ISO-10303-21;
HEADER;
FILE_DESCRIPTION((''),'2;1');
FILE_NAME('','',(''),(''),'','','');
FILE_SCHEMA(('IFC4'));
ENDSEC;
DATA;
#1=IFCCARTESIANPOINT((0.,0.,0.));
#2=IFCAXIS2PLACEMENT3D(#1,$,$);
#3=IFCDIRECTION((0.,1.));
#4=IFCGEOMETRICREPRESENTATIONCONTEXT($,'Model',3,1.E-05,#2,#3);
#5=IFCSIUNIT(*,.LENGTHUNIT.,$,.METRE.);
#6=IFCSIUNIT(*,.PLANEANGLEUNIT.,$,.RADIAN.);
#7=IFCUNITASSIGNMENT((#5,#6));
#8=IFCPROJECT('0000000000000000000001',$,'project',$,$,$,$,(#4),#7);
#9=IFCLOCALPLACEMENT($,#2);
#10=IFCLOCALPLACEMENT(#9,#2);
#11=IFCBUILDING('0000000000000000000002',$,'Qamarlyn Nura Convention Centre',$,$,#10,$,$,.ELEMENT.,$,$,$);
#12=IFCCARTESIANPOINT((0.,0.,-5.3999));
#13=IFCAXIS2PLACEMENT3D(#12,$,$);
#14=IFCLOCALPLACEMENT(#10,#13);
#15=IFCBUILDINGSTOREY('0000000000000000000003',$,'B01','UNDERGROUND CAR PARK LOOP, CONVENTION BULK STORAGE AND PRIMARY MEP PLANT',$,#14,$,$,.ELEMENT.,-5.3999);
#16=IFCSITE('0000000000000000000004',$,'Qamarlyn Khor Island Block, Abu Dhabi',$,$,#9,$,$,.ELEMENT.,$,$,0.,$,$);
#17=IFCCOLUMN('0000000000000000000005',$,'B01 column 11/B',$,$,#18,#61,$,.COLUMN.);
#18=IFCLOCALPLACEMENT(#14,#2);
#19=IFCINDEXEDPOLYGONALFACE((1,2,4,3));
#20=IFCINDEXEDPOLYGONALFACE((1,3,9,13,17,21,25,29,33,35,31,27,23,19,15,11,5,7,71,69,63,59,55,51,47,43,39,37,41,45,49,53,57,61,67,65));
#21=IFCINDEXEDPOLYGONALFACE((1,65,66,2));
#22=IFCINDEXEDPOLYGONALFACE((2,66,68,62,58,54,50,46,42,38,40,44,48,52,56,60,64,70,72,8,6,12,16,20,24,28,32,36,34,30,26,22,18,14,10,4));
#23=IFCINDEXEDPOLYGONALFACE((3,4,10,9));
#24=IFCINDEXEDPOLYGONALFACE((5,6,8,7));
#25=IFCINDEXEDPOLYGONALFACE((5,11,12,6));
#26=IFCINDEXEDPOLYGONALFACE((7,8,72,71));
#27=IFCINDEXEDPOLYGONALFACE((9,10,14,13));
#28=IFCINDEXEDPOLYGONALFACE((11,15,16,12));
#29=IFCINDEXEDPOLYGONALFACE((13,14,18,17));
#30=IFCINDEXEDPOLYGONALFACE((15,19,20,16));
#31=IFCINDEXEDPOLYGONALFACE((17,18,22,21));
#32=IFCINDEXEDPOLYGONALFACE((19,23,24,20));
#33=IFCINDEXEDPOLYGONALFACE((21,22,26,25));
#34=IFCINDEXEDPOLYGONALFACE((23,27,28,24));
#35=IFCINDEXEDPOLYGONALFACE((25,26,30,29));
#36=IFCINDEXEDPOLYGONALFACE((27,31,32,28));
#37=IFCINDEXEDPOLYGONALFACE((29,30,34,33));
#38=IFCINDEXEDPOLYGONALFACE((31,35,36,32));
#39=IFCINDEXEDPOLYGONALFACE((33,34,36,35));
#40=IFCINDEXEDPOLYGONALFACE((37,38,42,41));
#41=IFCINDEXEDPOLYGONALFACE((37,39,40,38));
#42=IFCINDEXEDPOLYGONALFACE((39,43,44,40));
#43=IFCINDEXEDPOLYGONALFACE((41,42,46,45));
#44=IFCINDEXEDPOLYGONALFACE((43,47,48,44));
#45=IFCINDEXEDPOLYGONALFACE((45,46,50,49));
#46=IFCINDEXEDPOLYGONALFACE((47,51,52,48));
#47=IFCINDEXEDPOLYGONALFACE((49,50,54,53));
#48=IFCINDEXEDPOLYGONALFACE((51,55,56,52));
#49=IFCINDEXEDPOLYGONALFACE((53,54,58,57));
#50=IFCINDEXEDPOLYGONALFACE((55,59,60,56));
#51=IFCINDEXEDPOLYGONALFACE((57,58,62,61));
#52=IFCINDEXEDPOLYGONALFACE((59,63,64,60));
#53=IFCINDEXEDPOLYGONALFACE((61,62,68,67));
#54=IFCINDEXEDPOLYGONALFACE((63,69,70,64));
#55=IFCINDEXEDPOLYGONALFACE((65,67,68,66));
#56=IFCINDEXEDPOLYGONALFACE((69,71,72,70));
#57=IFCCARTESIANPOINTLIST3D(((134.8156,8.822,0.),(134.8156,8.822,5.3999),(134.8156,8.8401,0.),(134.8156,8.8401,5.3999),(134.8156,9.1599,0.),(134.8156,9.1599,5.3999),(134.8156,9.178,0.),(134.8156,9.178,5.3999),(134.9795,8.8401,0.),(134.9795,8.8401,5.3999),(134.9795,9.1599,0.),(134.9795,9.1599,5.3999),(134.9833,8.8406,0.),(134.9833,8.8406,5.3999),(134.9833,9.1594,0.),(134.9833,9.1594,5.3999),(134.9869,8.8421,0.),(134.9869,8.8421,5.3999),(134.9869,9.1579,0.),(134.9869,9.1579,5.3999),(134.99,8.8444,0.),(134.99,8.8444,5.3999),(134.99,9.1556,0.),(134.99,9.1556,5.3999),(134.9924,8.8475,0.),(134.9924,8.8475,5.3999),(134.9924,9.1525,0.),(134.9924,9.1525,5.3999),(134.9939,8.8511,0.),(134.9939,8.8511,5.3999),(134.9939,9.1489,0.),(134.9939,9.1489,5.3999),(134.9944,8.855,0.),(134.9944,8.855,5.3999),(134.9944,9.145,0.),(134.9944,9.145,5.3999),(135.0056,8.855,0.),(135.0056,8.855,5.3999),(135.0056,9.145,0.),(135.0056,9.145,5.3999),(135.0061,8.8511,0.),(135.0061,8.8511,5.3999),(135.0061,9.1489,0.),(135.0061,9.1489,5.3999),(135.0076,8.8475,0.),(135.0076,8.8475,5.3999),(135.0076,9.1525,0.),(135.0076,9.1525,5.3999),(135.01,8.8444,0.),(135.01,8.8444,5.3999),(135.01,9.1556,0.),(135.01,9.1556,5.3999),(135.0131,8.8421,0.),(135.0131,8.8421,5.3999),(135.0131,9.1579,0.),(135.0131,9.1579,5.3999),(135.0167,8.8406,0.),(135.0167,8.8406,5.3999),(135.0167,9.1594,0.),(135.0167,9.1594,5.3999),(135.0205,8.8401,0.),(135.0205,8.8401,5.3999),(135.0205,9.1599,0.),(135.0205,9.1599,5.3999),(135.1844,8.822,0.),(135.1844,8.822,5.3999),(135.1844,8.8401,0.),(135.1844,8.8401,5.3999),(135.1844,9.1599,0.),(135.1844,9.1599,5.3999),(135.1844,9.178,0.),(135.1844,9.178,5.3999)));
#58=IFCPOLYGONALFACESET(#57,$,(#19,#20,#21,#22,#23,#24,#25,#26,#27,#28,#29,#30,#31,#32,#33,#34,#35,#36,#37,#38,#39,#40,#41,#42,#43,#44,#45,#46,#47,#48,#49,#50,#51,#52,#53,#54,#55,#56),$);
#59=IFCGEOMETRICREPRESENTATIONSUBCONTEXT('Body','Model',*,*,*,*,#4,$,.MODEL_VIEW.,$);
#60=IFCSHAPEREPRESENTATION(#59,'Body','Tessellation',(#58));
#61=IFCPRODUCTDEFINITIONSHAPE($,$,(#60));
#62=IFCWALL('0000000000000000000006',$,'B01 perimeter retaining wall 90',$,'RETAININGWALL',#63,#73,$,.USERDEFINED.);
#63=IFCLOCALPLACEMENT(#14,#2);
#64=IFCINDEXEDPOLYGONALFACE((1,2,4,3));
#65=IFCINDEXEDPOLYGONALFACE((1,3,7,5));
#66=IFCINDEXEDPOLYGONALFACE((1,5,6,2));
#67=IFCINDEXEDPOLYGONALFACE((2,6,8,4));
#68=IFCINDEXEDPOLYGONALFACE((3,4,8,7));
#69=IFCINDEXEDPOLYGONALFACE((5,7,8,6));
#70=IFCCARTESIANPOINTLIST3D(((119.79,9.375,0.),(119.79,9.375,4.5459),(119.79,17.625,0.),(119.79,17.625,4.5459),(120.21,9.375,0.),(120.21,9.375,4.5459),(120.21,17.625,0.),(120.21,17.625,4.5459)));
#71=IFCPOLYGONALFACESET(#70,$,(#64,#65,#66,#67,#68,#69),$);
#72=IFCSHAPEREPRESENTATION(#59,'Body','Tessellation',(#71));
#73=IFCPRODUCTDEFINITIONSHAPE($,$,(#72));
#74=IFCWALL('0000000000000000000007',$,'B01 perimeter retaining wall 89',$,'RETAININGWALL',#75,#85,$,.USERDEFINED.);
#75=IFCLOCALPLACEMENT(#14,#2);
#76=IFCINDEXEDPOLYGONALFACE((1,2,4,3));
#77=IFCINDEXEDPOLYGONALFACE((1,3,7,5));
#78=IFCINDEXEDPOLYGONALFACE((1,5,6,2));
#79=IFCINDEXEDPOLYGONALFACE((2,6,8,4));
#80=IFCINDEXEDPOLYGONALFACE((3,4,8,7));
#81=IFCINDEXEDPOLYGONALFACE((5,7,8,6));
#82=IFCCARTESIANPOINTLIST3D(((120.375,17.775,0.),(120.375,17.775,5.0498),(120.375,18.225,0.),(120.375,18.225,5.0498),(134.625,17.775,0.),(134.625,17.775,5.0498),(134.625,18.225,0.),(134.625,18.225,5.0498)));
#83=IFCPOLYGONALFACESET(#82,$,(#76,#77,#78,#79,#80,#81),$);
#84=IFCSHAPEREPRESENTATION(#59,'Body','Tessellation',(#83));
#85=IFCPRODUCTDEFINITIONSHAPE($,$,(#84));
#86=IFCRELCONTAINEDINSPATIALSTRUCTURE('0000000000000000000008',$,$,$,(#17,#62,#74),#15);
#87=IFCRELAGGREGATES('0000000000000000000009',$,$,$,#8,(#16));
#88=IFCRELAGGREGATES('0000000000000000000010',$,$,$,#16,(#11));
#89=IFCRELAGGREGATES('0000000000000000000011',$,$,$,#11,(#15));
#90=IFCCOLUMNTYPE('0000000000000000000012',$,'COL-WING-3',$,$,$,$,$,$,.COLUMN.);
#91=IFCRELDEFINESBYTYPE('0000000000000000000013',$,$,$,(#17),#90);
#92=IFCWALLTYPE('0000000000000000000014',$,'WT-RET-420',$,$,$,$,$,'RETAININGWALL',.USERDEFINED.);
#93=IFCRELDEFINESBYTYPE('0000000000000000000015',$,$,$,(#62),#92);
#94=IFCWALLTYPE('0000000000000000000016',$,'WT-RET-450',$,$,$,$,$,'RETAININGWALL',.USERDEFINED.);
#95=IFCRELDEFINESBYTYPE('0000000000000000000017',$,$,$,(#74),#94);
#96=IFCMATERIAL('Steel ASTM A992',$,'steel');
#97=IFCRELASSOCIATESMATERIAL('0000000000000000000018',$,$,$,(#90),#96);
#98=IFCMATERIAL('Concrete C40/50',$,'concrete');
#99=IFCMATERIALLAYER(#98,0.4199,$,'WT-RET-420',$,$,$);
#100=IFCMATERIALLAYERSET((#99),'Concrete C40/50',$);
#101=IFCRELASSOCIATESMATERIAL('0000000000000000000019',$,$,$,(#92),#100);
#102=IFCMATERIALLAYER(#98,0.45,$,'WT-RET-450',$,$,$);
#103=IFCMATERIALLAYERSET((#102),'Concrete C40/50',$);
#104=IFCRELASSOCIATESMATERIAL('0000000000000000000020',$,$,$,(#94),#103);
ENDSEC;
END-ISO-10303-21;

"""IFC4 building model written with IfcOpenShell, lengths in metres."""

from ifc_helpers import new_model, si_unit, direction, frame, frame_2d, origin, origin_2d, place, context, subcontext, project, spatial, rectangle, i_section, extrude, material, layer, layer_set, material_profile, profile_set, type_object, element, save


model = new_model("IFC4")

# Units and contexts
model_context = context("Model", 3, precision=1e-05, world=origin(), true_north=direction((0.0, 1.0)))
body_context = subcontext(model_context, "Body", "Model", "MODEL_VIEW")
ifc_project = project(units=[si_unit("LENGTHUNIT", "METRE"), si_unit("PLANEANGLEUNIT", "RADIAN")], contexts=[model_context])

# Site, building, storey
site_placement = place(None, origin())
site = spatial("IfcSite", under=ifc_project, at=site_placement, Name="Qamarlyn Khor Island Block, Abu Dhabi", CompositionType="ELEMENT", RefElevation=0.0)
building_placement = place(site_placement, origin())
building = spatial("IfcBuilding", under=site, at=building_placement, Name="Qamarlyn Nura Convention Centre", CompositionType="ELEMENT")
storey_placement = place(building_placement, frame((0.0, 0.0, -5.3999)))
storey = spatial("IfcBuildingStorey", under=building, at=storey_placement, Name="B01", Description="UNDERGROUND CAR PARK LOOP, CONVENTION BULK STORAGE AND PRIMARY MEP PLANT", CompositionType="ELEMENT", Elevation=-5.3999)

# Shared definitions
ifc_material_1 = material(Name="Concrete C40/50", Category="concrete")

# Column
ifc_material_2 = material(Name="Steel ASTM A992", Category="steel")
ifc_material_profile_1 = material_profile(ifc_material_2, i_section(OverallWidth=0.3689, OverallDepth=0.356, WebThickness=0.0112, FlangeThickness=0.0181, FilletRadius=0.0149, at=origin_2d()), Name="W360X134")
ifc_profile_set_1 = profile_set([ifc_material_profile_1], Name="Steel ASTM A992")
column_type_1 = type_object("IfcColumnType", Name="COL-WING-3", PredefinedType="COLUMN", material=ifc_profile_set_1)
column_1_placement = place(storey_placement, frame((135.0, 9.0, 0.0), z_axis=(0.0, 0.0, 1.0), x_axis=(1.0, 0.0, 0.0)))
element("IfcColumn", 1, at=column_1_placement, inside=storey, type_object=column_type_1, Name="B01 column 11/B", PredefinedType="COLUMN", context=body_context, shape_type="SweptSolid", body=[
    extrude(i_section(OverallWidth=0.3689, OverallDepth=0.356, WebThickness=0.0112, FlangeThickness=0.0181, FilletRadius=0.0149, at=origin_2d()), origin(), (0.0, 0.0, 1.0), 5.3999),
])

# Walls
ifc_layer_1 = layer(ifc_material_1, 0.4199, Name="WT-RET-420")
ifc_layer_set_1 = layer_set([ifc_layer_1], Name="Concrete C40/50")
wall_type_1 = type_object("IfcWallType", Name="WT-RET-420", ElementType="RETAININGWALL", PredefinedType="USERDEFINED", material=ifc_layer_set_1)
wall_1_placement = place(storey_placement, frame((120.0, 17.625, 0.0), z_axis=(0.0, 0.0, 1.0), x_axis=(0.0, -1.0, 0.0)))
element("IfcWall", 2, at=wall_1_placement, inside=storey, type_object=wall_type_1, Name="B01 perimeter retaining wall 90", ObjectType="RETAININGWALL", PredefinedType="USERDEFINED", context=body_context, shape_type="SweptSolid", body=[
    extrude(rectangle(XDim=8.25, YDim=0.4199, at=frame_2d((4.125, 0.0))), origin(), (0.0, 0.0, 1.0), 4.5459),
])
ifc_layer_2 = layer(ifc_material_1, 0.45, Name="WT-RET-450")
ifc_layer_set_2 = layer_set([ifc_layer_2], Name="Concrete C40/50")
wall_type_2 = type_object("IfcWallType", Name="WT-RET-450", ElementType="RETAININGWALL", PredefinedType="USERDEFINED", material=ifc_layer_set_2)
wall_2_placement = place(storey_placement, frame((134.625, 18.0, 0.0), z_axis=(0.0, 0.0, 1.0), x_axis=(-1.0, 0.0, 0.0)))
element("IfcWall", 3, at=wall_2_placement, inside=storey, type_object=wall_type_2, Name="B01 perimeter retaining wall 89", ObjectType="RETAININGWALL", PredefinedType="USERDEFINED", context=body_context, shape_type="SweptSolid", body=[
    extrude(rectangle(XDim=14.25, YDim=0.45, at=frame_2d((7.125, 0.0))), origin(), (0.0, 0.0, 1.0), 5.0498),
])

save(model, "model.ifc")
